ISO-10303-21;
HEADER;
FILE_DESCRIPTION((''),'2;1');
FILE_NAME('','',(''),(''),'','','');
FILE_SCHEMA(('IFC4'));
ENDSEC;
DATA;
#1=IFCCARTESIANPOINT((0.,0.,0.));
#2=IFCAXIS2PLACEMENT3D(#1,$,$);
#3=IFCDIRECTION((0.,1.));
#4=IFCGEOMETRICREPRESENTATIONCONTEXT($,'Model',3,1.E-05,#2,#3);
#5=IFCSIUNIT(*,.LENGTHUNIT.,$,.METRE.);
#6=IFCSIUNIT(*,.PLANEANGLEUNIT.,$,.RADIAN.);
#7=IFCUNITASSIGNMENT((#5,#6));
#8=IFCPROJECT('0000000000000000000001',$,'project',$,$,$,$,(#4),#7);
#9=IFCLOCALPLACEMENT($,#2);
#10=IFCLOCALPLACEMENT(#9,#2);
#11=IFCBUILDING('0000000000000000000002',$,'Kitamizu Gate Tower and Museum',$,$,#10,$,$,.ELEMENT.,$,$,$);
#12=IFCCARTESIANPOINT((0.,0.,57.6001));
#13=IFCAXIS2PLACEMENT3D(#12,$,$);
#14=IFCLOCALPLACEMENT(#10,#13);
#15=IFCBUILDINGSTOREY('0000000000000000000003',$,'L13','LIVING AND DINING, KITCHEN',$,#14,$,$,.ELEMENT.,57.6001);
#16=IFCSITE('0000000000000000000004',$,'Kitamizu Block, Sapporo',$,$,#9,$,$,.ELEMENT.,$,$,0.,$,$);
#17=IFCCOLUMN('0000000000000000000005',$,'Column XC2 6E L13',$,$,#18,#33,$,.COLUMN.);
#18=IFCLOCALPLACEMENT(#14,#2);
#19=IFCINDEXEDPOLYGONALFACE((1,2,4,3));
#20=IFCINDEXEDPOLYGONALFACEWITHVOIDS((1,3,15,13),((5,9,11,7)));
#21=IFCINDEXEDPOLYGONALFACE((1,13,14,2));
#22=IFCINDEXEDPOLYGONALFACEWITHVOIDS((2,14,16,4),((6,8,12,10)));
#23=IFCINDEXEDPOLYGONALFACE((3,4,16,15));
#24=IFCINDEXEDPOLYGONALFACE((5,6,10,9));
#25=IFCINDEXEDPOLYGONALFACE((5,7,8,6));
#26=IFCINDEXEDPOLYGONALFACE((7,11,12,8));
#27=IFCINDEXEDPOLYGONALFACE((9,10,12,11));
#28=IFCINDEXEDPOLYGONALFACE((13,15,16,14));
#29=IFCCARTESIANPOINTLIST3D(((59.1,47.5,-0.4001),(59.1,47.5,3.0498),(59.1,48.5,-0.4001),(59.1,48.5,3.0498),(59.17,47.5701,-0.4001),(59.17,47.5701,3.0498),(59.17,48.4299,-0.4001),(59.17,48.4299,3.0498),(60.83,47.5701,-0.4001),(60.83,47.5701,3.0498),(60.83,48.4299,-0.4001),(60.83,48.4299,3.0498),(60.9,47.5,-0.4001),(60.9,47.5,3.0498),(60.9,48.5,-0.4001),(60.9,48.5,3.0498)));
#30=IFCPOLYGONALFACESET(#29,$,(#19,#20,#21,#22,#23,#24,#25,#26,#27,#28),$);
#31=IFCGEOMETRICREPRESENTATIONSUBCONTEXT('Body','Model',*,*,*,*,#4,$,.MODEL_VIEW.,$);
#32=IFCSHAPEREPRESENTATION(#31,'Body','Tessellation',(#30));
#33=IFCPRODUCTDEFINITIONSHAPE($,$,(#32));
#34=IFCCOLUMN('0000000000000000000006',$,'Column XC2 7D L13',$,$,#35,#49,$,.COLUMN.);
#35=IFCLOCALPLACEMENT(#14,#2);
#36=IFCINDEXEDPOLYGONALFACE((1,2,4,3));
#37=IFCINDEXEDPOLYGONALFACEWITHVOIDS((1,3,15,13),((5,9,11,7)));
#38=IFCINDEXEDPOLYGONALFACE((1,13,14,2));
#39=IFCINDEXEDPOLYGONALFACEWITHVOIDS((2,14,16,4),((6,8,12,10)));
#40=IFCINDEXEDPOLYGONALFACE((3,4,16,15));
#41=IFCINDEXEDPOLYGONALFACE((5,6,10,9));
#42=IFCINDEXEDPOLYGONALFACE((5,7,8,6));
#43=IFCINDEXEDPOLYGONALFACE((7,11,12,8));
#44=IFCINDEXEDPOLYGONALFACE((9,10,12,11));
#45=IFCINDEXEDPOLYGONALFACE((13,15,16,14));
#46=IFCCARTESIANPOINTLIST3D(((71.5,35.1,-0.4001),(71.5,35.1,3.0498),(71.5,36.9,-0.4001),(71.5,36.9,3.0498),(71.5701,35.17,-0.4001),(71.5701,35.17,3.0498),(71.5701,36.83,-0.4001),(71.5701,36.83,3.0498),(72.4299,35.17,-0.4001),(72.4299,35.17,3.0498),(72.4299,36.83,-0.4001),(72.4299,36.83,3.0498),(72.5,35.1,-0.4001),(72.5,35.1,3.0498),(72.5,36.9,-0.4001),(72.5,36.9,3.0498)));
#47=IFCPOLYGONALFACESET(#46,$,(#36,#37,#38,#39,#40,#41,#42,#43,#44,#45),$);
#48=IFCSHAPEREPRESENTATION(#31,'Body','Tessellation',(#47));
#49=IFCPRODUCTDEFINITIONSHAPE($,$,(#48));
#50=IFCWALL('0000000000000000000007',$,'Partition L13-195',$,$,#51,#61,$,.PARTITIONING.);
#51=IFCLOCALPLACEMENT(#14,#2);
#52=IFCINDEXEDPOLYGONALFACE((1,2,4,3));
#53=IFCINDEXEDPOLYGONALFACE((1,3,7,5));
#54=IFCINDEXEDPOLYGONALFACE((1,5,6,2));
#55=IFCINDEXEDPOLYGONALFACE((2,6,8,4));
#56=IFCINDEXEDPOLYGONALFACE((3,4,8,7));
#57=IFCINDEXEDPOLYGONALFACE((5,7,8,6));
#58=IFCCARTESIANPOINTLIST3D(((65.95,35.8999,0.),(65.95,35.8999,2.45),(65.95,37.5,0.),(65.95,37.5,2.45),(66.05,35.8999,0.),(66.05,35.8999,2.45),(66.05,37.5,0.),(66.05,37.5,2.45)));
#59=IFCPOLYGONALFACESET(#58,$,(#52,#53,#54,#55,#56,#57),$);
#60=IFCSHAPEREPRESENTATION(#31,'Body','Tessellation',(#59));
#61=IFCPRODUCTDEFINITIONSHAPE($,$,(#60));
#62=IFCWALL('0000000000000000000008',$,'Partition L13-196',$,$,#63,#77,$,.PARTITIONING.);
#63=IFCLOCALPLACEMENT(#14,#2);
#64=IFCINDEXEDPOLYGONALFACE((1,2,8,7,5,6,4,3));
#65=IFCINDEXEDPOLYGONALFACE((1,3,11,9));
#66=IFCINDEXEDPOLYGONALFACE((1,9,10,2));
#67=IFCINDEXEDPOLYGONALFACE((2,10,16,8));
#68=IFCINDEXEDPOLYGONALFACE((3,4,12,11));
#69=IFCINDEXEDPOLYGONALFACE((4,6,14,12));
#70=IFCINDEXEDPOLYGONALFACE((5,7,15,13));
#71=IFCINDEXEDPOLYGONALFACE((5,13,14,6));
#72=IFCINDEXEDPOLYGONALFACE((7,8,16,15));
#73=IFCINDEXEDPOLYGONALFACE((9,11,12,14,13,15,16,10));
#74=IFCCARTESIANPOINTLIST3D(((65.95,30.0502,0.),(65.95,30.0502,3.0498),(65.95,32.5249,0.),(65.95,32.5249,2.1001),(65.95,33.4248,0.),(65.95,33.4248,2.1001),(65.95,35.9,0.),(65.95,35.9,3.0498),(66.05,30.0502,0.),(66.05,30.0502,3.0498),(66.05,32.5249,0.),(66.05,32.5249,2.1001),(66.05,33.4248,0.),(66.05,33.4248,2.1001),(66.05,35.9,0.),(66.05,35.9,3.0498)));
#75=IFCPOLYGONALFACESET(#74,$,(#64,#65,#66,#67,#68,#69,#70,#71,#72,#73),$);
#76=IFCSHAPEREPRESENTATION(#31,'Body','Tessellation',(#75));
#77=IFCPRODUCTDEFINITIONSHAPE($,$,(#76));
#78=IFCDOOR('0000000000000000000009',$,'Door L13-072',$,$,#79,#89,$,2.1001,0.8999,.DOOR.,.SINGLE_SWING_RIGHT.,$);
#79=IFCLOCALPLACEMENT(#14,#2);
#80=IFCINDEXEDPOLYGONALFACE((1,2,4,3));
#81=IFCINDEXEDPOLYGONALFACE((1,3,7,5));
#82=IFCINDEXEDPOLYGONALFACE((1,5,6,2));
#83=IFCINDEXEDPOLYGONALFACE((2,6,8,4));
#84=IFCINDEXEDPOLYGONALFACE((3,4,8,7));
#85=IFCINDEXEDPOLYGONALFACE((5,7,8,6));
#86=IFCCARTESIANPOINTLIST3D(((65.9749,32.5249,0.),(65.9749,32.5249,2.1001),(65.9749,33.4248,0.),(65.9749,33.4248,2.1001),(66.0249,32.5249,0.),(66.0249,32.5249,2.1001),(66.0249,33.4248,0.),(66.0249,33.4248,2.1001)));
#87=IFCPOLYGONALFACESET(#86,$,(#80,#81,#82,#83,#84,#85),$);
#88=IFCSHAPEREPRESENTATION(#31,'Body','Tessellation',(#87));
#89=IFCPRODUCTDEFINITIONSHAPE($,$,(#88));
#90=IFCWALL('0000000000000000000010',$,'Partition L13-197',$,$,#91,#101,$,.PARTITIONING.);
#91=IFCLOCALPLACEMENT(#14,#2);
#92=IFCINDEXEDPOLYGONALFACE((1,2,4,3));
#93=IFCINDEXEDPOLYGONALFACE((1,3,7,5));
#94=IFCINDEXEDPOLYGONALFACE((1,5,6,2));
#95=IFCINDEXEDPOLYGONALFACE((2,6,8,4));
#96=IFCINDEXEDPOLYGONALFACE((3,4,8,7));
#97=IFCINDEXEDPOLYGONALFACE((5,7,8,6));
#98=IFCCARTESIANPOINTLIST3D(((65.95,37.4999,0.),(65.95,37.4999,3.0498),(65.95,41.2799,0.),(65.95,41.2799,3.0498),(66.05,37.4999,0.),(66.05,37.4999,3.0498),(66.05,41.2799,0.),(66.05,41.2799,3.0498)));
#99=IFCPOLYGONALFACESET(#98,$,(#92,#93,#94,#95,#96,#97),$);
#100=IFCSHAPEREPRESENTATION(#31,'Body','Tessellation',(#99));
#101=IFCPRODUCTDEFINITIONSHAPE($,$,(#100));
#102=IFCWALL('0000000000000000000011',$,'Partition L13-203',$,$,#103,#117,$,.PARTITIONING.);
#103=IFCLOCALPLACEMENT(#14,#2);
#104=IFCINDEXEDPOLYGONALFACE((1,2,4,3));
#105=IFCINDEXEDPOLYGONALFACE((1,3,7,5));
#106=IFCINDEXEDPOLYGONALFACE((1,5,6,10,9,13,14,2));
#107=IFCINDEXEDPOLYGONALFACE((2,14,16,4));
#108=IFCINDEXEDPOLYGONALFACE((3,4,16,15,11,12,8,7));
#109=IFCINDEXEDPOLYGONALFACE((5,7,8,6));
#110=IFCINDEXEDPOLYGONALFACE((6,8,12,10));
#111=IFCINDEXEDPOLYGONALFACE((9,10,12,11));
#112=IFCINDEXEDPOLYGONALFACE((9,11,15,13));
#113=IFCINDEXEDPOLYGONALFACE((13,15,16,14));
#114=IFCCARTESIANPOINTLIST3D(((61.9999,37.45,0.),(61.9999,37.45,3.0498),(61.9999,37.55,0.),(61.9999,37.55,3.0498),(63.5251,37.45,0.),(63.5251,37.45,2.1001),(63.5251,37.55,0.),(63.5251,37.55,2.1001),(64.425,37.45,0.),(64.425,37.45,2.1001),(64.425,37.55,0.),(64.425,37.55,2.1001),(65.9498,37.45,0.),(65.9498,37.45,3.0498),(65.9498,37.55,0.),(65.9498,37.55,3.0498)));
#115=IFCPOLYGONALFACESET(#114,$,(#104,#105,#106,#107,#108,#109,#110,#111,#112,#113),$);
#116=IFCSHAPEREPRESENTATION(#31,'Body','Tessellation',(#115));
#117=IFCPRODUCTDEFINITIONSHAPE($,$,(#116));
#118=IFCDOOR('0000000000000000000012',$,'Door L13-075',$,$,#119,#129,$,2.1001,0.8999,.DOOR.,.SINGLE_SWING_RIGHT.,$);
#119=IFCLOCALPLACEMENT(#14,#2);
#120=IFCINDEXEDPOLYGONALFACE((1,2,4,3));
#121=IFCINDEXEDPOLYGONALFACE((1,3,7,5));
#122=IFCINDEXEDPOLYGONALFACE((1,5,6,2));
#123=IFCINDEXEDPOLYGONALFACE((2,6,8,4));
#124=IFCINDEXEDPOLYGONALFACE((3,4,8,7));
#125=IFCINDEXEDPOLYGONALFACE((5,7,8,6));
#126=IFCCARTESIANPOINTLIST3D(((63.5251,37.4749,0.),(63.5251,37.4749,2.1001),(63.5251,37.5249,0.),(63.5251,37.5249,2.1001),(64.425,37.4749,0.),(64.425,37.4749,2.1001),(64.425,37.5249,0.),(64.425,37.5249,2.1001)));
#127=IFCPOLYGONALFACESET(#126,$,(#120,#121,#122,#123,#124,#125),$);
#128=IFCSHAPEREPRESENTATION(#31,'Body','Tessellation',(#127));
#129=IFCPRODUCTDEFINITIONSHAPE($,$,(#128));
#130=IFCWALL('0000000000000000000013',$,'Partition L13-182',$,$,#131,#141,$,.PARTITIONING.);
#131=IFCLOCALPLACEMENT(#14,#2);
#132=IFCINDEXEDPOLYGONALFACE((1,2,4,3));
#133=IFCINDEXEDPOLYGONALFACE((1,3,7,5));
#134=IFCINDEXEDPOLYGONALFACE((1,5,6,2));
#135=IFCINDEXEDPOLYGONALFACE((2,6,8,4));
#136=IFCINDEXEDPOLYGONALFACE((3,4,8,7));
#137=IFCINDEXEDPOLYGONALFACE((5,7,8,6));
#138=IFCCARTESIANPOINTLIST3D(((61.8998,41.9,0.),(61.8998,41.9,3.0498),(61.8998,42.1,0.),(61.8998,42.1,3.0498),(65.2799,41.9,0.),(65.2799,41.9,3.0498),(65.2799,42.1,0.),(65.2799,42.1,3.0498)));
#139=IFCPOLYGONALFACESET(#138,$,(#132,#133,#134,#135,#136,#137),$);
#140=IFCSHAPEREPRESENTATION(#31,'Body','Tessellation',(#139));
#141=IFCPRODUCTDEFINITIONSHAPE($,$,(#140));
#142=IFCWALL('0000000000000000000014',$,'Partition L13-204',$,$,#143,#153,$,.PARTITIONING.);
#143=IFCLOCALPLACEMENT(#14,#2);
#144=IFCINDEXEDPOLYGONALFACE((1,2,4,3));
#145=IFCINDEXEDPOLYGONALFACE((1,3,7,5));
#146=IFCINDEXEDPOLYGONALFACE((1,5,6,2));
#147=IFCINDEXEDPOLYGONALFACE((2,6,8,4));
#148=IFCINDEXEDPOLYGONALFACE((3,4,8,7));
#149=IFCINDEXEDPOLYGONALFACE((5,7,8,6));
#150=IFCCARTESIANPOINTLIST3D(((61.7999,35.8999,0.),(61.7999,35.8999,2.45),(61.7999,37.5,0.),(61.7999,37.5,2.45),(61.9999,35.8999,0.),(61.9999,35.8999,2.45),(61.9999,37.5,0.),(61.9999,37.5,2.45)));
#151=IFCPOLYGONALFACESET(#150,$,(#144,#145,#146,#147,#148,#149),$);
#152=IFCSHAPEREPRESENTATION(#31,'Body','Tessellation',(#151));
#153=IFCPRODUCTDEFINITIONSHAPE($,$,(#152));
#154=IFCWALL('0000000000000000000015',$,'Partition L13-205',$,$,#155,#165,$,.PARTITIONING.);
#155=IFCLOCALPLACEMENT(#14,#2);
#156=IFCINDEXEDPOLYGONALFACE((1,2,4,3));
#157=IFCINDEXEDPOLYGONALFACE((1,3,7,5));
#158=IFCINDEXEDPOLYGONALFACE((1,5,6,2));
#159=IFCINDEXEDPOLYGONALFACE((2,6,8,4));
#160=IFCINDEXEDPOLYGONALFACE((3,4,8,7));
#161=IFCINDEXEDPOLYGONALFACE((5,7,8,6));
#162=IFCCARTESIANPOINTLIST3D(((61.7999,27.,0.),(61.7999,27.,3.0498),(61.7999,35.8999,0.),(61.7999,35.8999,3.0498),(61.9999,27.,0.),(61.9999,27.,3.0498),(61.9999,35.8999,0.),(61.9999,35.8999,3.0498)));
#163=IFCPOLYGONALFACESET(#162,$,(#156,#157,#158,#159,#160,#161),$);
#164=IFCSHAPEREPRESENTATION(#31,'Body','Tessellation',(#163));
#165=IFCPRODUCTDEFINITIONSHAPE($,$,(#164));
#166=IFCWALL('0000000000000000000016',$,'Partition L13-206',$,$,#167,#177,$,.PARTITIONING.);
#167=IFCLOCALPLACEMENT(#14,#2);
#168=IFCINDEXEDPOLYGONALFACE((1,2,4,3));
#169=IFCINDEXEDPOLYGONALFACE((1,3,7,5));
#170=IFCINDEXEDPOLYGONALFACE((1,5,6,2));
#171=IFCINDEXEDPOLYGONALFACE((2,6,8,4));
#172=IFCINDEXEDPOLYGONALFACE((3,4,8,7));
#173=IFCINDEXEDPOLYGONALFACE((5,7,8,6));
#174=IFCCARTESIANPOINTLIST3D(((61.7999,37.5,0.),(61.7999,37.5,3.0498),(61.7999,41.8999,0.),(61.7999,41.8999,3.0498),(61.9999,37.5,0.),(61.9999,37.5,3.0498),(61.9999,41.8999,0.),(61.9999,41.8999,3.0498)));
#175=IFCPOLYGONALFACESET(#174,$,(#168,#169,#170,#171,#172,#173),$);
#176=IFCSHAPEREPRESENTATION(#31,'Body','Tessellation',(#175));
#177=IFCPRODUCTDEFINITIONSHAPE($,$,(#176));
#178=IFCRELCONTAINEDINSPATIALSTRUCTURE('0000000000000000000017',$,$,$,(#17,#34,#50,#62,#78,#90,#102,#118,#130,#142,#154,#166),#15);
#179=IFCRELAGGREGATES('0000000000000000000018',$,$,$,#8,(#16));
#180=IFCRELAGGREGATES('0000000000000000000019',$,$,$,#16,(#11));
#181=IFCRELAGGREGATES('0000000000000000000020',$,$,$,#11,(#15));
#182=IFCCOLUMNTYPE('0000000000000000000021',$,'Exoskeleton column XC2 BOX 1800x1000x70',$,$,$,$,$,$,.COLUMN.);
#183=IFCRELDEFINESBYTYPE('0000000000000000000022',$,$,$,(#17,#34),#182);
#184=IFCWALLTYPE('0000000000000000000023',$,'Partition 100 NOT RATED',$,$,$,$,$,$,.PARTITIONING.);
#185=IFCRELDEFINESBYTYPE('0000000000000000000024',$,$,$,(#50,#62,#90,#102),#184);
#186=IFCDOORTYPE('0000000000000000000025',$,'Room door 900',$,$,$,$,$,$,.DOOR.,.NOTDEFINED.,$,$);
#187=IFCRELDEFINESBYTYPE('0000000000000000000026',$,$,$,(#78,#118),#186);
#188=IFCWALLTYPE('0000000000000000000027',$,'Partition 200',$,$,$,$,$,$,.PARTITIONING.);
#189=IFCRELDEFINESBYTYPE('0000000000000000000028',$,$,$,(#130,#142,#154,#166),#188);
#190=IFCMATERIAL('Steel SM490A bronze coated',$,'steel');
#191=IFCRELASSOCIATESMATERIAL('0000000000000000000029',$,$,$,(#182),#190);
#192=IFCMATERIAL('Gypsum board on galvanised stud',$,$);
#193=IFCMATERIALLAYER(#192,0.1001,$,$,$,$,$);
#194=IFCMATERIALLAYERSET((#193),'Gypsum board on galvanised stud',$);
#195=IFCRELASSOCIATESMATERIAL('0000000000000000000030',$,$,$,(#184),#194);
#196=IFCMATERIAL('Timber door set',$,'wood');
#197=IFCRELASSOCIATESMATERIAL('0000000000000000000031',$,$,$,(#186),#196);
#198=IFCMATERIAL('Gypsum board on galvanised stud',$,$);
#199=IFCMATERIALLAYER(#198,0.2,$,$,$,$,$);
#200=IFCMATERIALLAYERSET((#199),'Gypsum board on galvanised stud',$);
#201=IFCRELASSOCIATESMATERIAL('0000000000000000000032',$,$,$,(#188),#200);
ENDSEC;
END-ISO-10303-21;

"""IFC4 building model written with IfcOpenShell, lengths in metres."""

from ifc_helpers import new_model, si_unit, direction, frame, frame_2d, origin, origin_2d, place, context, subcontext, project, spatial, rectangle, hollow_rectangle, extrude, material, layer, layer_set, material_profile, profile_set, type_object, element, fill, save


model = new_model("IFC4")

# Units and contexts
model_context = context("Model", 3, precision=1e-05, world=origin(), true_north=direction((0.0, 1.0)))
body_context = subcontext(model_context, "Body", "Model", "MODEL_VIEW")
ifc_project = project(units=[si_unit("LENGTHUNIT", "METRE"), si_unit("PLANEANGLEUNIT", "RADIAN")], contexts=[model_context])

# Site, building, storey
site_placement = place(None, origin())
site = spatial("IfcSite", under=ifc_project, at=site_placement, Name="Kitamizu Block, Sapporo", CompositionType="ELEMENT", RefElevation=0.0)
building_placement = place(site_placement, origin())
building = spatial("IfcBuilding", under=site, at=building_placement, Name="Kitamizu Gate Tower and Museum", CompositionType="ELEMENT")
storey_placement = place(building_placement, frame((0.0, 0.0, 57.6001)))
storey = spatial("IfcBuildingStorey", under=building, at=storey_placement, Name="L13", Description="LIVING AND DINING, KITCHEN", CompositionType="ELEMENT", Elevation=57.6001)

# Columns
ifc_material_1 = material(Name="Steel SM490A bronze coated", Category="steel")
ifc_material_profile = material_profile(ifc_material_1, hollow_rectangle(XDim=1.8, YDim=1.0, WallThickness=0.0701, at=origin_2d()), Name="BOX 1800x1000x70")
ifc_profile_set = profile_set([ifc_material_profile], Name="Steel SM490A bronze coated")
column_type = type_object("IfcColumnType", Name="Exoskeleton column XC2 BOX 1800x1000x70", PredefinedType="COLUMN", material=ifc_profile_set)
for number, where, z_axis, x_axis, name in (
    (1, (60.0, 48.0, -0.4001), (0.0, 0.0, 1.0), (1.0, 0.0, 0.0), "Column XC2 6E L13"),
    (2, (72.0, 36.0, -0.4001), (0.0, 0.0, 1.0), (0.0, 1.0, 0.0), "Column XC2 7D L13"),
):
    element("IfcColumn", number, at=place(storey_placement, frame(where, z_axis=z_axis, x_axis=x_axis)), inside=storey, type_object=column_type, Name=name, PredefinedType="COLUMN", context=body_context, shape_type="SweptSolid", body=[
        extrude(hollow_rectangle(XDim=1.8, YDim=1.0, WallThickness=0.0701, at=origin_2d()), origin(), (0.0, 0.0, 1.0), 3.45),
    ])

# Wall
ifc_material_2 = material(Name="Gypsum board on galvanised stud")
ifc_layer_1 = layer(ifc_material_2, 0.1001)
ifc_layer_set_1 = layer_set([ifc_layer_1], Name="Gypsum board on galvanised stud")
wall_type_1 = type_object("IfcWallType", Name="Partition 100 NOT RATED", PredefinedType="PARTITIONING", material=ifc_layer_set_1)
wall_1_placement = place(storey_placement, frame((66.0, 37.5, 0.0), z_axis=(0.0, 0.0, 1.0), x_axis=(0.0, -1.0, 0.0)))
element("IfcWall", 3, at=wall_1_placement, inside=storey, type_object=wall_type_1, Name="Partition L13-195", PredefinedType="PARTITIONING", context=body_context, shape_type="SweptSolid", body=[
    extrude(rectangle(XDim=1.6001, YDim=0.1001, at=frame_2d((0.8, 0.0))), origin(), (0.0, 0.0, 1.0), 2.45),
])

# Wall, opening, door
wall_2_placement = place(storey_placement, frame((66.0, 35.8999, 0.0), z_axis=(0.0, 0.0, 1.0), x_axis=(0.0, -1.0, 0.0)))
wall_2 = element("IfcWall", 4, at=wall_2_placement, inside=storey, type_object=wall_type_1, Name="Partition L13-196", PredefinedType="PARTITIONING", context=body_context, shape_type="SweptSolid", body=[
    extrude(rectangle(XDim=5.8499, YDim=0.1001, at=frame_2d((2.9248, 0.0))), origin(), (0.0, 0.0, 1.0), 3.0498),
])
opening_1_placement = place(wall_2_placement, frame((2.4751, 0.0, 0.0)))
opening_1 = element("IfcOpeningElement", 5, at=opening_1_placement, cuts=wall_2, PredefinedType="OPENING", context=body_context, shape_type="SweptSolid", body=[
    extrude(rectangle(XDim=0.8999, YDim=2.1001, at=frame_2d((0.45, 1.05))), frame((0.0, 0.0601, 0.0), z_axis=(0.0, -1.0, 0.0), x_axis=(1.0, 0.0, 0.0)), (0.0, 0.0, 1.0), 0.1201),
])
ifc_material_3 = material(Name="Timber door set", Category="wood")
door_type = type_object("IfcDoorType", Name="Room door 900", OperationType="NOTDEFINED", PredefinedType="DOOR", material=ifc_material_3)
door_1_placement = place(opening_1_placement, origin())
door_1 = element("IfcDoor", 6, at=door_1_placement, inside=storey, type_object=door_type, Name="Door L13-072", OperationType="SINGLE_SWING_RIGHT", OverallHeight=2.1001, OverallWidth=0.8999, PredefinedType="DOOR", context=body_context, shape_type="SweptSolid", body=[
    extrude(rectangle(XDim=0.8999, YDim=2.1001, at=frame_2d((0.45, 1.05))), frame((0.0, 0.0249, 0.0), z_axis=(0.0, -1.0, 0.0), x_axis=(1.0, 0.0, 0.0)), (0.0, 0.0, 1.0), 0.05),
])
fill(opening_1, door_1)

# Wall
wall_3_placement = place(storey_placement, frame((66.0, 41.28, 0.0), z_axis=(0.0, 0.0, 1.0), x_axis=(0.0, -1.0, 0.0)))
element("IfcWall", 7, at=wall_3_placement, inside=storey, type_object=wall_type_1, Name="Partition L13-197", PredefinedType="PARTITIONING", context=body_context, shape_type="SweptSolid", body=[
    extrude(rectangle(XDim=3.78, YDim=0.1001, at=frame_2d((1.8901, 0.0))), origin(), (0.0, 0.0, 1.0), 3.0498),
])

# Wall, opening, door
wall_4_placement = place(storey_placement, frame((65.95, 37.5, 0.0), z_axis=(0.0, 0.0, 1.0), x_axis=(-1.0, 0.0, 0.0)))
wall_4 = element("IfcWall", 8, at=wall_4_placement, inside=storey, type_object=wall_type_1, Name="Partition L13-203", PredefinedType="PARTITIONING", context=body_context, shape_type="SweptSolid", body=[
    extrude(rectangle(XDim=3.95, YDim=0.1001, at=frame_2d((1.9751, 0.0))), origin(), (0.0, 0.0, 1.0), 3.0498),
])
opening_2_placement = place(wall_4_placement, frame((1.5249, 0.0, 0.0)))
opening_2 = element("IfcOpeningElement", 9, at=opening_2_placement, cuts=wall_4, PredefinedType="OPENING", context=body_context, shape_type="SweptSolid", body=[
    extrude(rectangle(XDim=0.8999, YDim=2.1001, at=frame_2d((0.45, 1.05))), frame((0.0, 0.0601, 0.0), z_axis=(0.0, -1.0, 0.0), x_axis=(1.0, 0.0, 0.0)), (0.0, 0.0, 1.0), 0.1201),
])
door_2_placement = place(opening_2_placement, frame((0.8999, 0.0, 0.0), x_axis=(-1.0, 0.0, 0.0)))
door_2 = element("IfcDoor", 10, at=door_2_placement, inside=storey, type_object=door_type, Name="Door L13-075", OperationType="SINGLE_SWING_RIGHT", OverallHeight=2.1001, OverallWidth=0.8999, PredefinedType="DOOR", context=body_context, shape_type="SweptSolid", body=[
    extrude(rectangle(XDim=0.8999, YDim=2.1001, at=frame_2d((0.45, 1.05))), frame((0.0, 0.0249, 0.0), z_axis=(0.0, -1.0, 0.0), x_axis=(1.0, 0.0, 0.0)), (0.0, 0.0, 1.0), 0.05),
])
fill(opening_2, door_2)

# Walls
ifc_material_4 = material(Name="Gypsum board on galvanised stud")
ifc_layer_2 = layer(ifc_material_4, 0.2)
ifc_layer_set_2 = layer_set([ifc_layer_2], Name="Gypsum board on galvanised stud")
wall_type_2 = type_object("IfcWallType", Name="Partition 200", PredefinedType="PARTITIONING", material=ifc_layer_set_2)
wall_5_placement = place(storey_placement, frame((61.8999, 42.0, 0.0), z_axis=(0.0, 0.0, 1.0), x_axis=(1.0, 0.0, 0.0)))
element("IfcWall", 11, at=wall_5_placement, inside=storey, type_object=wall_type_2, Name="Partition L13-182", PredefinedType="PARTITIONING", context=body_context, shape_type="SweptSolid", body=[
    extrude(rectangle(XDim=3.3801, YDim=0.2, at=frame_2d((1.6899, 0.0))), origin(), (0.0, 0.0, 1.0), 3.0498),
])
wall_6_placement = place(storey_placement, frame((61.8999, 37.5, 0.0), z_axis=(0.0, 0.0, 1.0), x_axis=(0.0, -1.0, 0.0)))
element("IfcWall", 12, at=wall_6_placement, inside=storey, type_object=wall_type_2, Name="Partition L13-204", PredefinedType="PARTITIONING", context=body_context, shape_type="SweptSolid", body=[
    extrude(rectangle(XDim=1.6001, YDim=0.2, at=frame_2d((0.8, 0.0))), origin(), (0.0, 0.0, 1.0), 2.45),
])
wall_7_placement = place(storey_placement, frame((61.8999, 35.8999, 0.0), z_axis=(0.0, 0.0, 1.0), x_axis=(0.0, -1.0, 0.0)))
element("IfcWall", 13, at=wall_7_placement, inside=storey, type_object=wall_type_2, Name="Partition L13-205", PredefinedType="PARTITIONING", context=body_context, shape_type="SweptSolid", body=[
    extrude(rectangle(XDim=8.8999, YDim=0.2, at=frame_2d((4.45, 0.0))), origin(), (0.0, 0.0, 1.0), 3.0498),
])
wall_8_placement = place(storey_placement, frame((61.8999, 41.8999, 0.0), z_axis=(0.0, 0.0, 1.0), x_axis=(0.0, -1.0, 0.0)))
element("IfcWall", 14, at=wall_8_placement, inside=storey, type_object=wall_type_2, Name="Partition L13-206", PredefinedType="PARTITIONING", context=body_context, shape_type="SweptSolid", body=[
    extrude(rectangle(XDim=4.3999, YDim=0.2, at=frame_2d((2.2, 0.0))), origin(), (0.0, 0.0, 1.0), 3.0498),
])

save(model, "model.ifc")
